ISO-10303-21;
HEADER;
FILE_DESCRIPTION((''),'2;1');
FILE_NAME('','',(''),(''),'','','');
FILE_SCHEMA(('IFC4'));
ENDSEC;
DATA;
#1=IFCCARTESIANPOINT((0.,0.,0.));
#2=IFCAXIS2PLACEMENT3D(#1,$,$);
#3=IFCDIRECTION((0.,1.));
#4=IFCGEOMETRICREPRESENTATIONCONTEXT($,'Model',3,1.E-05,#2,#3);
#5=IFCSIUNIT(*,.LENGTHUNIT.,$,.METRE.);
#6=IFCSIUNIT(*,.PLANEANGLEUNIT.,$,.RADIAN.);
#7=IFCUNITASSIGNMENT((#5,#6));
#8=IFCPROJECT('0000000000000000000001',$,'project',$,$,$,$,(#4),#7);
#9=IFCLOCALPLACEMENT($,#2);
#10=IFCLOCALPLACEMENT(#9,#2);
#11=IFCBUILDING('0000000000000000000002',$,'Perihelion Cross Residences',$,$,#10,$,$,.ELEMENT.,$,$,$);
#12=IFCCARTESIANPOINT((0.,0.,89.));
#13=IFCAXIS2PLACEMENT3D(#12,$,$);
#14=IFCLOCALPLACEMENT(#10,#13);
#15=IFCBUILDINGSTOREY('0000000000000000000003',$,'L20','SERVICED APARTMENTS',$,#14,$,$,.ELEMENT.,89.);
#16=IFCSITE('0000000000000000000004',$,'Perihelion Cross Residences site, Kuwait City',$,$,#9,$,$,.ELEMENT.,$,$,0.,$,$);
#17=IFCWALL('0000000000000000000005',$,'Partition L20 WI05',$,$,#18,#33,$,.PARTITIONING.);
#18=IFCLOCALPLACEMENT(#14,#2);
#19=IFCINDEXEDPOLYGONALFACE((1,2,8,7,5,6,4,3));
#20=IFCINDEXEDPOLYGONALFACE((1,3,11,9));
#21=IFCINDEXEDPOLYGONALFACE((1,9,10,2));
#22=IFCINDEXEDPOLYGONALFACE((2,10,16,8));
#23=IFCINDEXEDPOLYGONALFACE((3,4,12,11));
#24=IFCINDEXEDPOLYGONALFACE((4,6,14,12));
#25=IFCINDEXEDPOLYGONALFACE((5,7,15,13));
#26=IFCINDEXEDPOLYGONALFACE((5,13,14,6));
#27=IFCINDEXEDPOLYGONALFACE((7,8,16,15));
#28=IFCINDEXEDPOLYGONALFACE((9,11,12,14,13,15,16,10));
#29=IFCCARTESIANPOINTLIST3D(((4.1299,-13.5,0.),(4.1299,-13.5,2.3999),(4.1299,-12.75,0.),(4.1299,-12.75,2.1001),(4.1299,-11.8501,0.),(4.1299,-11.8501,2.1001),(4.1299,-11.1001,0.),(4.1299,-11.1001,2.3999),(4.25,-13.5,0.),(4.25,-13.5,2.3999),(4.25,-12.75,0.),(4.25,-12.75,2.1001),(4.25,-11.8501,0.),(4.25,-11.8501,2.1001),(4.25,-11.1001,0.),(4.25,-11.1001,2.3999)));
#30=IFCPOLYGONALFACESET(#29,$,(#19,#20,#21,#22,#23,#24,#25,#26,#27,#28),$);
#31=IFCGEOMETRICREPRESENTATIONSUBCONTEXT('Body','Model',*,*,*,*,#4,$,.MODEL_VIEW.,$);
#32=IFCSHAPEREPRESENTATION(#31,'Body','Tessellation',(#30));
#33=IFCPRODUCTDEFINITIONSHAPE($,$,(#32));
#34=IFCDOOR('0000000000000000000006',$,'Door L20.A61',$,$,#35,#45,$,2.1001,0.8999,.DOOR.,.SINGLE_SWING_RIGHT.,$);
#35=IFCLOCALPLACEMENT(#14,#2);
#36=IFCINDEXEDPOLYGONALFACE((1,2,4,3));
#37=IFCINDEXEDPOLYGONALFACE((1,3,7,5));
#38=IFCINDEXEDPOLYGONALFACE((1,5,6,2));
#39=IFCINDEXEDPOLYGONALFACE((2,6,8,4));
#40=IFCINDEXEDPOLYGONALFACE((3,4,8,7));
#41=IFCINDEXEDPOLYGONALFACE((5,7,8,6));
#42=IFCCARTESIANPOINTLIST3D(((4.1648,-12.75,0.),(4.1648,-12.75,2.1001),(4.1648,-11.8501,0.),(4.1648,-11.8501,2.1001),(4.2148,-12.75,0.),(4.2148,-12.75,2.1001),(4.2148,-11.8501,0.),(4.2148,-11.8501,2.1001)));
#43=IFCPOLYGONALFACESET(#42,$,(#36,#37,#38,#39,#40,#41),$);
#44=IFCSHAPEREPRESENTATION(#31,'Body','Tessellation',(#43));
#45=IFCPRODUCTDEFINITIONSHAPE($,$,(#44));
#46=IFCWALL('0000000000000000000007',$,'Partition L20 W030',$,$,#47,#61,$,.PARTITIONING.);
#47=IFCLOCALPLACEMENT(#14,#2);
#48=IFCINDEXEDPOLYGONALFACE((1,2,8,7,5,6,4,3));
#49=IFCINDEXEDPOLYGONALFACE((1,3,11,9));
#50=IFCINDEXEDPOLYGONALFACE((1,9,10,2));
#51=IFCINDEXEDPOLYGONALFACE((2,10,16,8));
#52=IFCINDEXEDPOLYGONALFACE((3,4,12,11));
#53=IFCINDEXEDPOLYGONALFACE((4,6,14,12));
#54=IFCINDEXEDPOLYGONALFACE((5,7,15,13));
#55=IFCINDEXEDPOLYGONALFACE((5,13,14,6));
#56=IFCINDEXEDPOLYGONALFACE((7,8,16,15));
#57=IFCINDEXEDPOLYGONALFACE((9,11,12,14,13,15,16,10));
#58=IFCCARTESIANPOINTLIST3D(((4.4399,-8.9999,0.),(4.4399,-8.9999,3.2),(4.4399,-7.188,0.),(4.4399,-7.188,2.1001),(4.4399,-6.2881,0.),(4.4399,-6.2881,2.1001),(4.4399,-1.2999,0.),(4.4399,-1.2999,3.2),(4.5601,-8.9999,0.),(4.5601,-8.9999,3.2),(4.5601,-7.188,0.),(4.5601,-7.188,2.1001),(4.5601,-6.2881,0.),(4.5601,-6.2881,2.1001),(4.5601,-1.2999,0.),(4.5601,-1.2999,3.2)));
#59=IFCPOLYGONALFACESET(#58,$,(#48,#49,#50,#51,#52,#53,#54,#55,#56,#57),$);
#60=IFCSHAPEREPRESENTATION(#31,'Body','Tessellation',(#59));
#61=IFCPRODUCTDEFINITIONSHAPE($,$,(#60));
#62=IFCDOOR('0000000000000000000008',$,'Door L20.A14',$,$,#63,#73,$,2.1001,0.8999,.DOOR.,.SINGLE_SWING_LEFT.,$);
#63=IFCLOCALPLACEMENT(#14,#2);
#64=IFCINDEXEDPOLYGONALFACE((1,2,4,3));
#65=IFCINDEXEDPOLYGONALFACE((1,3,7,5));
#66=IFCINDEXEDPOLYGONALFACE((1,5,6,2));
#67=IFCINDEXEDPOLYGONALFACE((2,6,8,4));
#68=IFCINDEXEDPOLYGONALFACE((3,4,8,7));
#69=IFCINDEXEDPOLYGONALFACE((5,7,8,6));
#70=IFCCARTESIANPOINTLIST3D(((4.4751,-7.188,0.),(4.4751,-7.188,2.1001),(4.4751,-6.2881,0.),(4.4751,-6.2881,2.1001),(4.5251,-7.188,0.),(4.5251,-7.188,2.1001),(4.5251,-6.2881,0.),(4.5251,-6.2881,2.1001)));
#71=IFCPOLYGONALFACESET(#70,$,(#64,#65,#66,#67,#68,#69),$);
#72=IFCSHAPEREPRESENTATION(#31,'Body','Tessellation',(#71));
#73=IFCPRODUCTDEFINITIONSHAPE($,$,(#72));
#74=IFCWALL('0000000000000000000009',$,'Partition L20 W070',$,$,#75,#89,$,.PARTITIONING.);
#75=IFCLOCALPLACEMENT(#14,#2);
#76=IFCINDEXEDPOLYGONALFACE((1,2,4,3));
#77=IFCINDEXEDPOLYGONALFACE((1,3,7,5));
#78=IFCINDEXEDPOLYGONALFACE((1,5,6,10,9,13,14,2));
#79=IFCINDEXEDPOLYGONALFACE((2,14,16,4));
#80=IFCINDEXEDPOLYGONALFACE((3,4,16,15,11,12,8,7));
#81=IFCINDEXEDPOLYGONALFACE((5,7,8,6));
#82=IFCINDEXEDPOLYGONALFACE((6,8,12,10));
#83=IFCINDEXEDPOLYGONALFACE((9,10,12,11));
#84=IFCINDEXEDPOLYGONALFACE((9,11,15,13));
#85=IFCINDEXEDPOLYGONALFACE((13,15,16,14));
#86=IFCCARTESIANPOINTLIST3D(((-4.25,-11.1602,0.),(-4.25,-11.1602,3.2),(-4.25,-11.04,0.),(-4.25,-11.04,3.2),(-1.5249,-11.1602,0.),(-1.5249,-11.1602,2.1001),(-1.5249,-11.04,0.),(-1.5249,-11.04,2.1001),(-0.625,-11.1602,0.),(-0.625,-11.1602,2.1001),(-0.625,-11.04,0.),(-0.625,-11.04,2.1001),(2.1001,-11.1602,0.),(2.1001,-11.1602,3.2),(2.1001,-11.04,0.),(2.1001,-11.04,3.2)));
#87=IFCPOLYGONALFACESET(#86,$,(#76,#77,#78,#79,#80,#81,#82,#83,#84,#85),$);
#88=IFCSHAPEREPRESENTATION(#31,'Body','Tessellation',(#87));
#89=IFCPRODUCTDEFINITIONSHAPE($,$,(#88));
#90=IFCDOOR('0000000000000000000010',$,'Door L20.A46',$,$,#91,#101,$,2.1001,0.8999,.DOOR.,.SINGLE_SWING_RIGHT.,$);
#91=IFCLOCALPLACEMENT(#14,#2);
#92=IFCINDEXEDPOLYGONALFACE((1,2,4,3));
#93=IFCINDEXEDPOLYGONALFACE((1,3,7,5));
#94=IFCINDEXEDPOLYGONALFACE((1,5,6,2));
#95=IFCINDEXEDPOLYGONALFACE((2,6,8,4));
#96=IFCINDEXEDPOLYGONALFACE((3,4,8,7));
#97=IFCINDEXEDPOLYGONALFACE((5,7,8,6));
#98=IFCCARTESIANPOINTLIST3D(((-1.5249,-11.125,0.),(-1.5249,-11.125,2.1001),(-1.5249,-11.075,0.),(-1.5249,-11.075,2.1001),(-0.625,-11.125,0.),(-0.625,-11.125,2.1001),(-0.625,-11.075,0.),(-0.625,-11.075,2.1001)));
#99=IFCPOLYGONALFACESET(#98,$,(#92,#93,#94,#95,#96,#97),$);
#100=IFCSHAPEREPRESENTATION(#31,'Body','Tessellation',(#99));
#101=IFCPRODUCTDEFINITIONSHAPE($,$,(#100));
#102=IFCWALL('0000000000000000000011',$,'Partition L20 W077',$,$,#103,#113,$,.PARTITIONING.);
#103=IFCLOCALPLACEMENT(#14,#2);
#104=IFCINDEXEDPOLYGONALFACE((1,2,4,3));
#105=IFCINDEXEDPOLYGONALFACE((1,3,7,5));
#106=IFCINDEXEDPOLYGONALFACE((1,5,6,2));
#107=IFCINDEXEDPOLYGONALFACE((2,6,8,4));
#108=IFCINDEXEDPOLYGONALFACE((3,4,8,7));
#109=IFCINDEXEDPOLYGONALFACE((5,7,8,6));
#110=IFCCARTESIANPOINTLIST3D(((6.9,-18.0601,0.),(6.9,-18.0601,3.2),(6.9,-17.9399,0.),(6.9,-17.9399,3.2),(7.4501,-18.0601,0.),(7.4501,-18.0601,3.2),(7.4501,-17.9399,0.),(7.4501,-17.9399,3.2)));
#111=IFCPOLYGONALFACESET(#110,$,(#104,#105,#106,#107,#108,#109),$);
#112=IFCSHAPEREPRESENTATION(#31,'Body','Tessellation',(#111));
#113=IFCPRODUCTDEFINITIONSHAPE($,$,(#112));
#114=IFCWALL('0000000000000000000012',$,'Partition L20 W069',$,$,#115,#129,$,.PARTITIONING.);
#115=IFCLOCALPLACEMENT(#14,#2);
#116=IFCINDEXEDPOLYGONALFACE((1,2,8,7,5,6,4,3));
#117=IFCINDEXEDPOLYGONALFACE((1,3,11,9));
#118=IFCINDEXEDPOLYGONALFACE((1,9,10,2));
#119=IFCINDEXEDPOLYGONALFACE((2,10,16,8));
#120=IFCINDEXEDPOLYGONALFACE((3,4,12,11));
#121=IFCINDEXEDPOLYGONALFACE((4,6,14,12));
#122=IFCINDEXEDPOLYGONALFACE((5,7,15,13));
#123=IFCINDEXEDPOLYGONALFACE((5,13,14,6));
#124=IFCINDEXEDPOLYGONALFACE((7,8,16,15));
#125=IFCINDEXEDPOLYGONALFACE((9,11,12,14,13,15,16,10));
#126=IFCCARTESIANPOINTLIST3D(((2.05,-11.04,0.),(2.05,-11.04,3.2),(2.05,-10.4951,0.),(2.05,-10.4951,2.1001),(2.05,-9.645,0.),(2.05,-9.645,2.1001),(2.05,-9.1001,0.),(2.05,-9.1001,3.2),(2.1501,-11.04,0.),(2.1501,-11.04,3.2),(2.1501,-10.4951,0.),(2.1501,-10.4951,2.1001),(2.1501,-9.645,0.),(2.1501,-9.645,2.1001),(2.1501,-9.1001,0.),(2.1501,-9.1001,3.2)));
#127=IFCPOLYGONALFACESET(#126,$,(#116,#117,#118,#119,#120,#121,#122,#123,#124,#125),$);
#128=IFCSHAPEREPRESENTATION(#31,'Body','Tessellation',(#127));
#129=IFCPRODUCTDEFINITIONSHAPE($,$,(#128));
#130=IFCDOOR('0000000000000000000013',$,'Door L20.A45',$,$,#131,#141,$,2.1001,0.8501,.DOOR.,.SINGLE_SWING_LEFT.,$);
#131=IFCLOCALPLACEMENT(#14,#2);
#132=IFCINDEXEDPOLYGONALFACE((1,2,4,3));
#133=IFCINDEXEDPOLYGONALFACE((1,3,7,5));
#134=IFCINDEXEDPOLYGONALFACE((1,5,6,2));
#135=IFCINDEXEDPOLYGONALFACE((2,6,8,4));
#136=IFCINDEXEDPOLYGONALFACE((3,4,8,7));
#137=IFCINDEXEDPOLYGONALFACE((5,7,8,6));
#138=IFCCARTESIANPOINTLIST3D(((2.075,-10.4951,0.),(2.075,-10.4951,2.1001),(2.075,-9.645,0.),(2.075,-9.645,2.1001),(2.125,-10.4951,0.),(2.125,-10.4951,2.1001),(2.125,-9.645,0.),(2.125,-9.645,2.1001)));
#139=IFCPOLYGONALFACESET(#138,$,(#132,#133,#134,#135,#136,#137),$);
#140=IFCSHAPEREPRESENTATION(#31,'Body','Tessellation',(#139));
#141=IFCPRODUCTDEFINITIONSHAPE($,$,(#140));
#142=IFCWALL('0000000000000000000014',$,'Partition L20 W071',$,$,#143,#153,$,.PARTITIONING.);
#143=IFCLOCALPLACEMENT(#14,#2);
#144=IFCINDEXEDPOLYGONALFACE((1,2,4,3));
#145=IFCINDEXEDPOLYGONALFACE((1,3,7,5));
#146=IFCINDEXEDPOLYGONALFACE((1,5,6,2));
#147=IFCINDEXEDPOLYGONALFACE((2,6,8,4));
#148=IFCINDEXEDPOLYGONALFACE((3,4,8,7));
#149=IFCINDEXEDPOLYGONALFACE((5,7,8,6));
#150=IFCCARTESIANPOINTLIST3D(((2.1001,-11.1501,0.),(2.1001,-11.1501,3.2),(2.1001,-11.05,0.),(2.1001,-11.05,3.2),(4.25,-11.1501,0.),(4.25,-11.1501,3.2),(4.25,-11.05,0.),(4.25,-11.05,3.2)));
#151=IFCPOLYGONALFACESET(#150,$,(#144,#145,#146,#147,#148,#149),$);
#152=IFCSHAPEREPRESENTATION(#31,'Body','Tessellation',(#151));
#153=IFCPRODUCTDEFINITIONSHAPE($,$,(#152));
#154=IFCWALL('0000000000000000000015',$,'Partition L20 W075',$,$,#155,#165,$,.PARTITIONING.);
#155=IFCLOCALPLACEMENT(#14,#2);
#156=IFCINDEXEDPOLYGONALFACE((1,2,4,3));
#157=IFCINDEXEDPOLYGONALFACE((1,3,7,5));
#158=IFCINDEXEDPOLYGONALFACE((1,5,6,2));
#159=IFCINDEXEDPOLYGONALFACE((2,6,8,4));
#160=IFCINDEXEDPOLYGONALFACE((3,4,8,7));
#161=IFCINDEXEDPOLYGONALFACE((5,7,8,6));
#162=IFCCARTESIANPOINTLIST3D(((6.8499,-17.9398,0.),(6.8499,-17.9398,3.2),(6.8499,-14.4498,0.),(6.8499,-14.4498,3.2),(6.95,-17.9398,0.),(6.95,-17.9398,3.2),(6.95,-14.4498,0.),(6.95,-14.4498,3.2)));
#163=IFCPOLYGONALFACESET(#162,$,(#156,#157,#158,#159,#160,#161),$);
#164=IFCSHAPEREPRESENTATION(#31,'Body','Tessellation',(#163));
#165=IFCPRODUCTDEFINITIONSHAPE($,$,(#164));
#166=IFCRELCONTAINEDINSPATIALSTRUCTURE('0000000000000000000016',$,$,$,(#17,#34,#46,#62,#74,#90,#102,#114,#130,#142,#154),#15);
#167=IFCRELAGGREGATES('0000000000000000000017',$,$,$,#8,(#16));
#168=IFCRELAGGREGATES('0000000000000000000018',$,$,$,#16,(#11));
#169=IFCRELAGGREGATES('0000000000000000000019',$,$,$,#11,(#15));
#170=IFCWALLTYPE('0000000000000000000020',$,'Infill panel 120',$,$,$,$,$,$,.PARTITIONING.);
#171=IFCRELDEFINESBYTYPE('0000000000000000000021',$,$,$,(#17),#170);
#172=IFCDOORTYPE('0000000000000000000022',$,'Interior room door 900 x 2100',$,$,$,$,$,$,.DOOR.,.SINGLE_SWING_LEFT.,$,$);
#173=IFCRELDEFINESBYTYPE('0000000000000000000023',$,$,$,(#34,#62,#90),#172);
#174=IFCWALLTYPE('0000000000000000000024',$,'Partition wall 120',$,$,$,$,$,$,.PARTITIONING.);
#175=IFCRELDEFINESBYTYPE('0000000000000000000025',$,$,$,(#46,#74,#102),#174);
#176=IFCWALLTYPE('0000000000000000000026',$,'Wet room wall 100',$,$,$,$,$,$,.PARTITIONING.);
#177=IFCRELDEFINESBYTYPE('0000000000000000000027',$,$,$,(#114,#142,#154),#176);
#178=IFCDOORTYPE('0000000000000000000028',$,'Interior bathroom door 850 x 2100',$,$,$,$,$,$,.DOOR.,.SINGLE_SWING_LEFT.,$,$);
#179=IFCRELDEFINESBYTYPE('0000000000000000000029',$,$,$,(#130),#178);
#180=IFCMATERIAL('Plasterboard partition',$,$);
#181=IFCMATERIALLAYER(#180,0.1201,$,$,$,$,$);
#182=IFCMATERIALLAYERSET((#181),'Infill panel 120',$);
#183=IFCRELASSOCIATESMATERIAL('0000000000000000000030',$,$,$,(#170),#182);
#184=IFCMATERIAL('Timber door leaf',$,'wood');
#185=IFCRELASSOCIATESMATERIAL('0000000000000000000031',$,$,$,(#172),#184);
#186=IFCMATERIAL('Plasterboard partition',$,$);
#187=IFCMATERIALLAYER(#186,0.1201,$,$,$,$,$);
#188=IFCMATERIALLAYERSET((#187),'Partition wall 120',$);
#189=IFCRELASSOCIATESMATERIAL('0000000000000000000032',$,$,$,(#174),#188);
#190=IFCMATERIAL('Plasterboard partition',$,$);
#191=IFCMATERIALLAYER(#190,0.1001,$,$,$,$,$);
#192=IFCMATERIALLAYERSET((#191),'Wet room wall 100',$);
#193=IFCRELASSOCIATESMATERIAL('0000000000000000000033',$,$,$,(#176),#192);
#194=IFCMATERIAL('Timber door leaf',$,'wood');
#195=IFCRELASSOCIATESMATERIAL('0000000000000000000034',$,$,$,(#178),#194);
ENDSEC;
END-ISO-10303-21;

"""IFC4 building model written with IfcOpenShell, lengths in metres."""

from ifc_helpers import new_model, si_unit, direction, frame, frame_2d, origin, place, context, subcontext, project, spatial, rectangle, extrude, material, layer, layer_set, type_object, element, fill, save


model = new_model("IFC4")

# Units and contexts
model_context = context("Model", 3, precision=1e-05, world=origin(), true_north=direction((0.0, 1.0)))
body_context = subcontext(model_context, "Body", "Model", "MODEL_VIEW")
ifc_project = project(units=[si_unit("LENGTHUNIT", "METRE"), si_unit("PLANEANGLEUNIT", "RADIAN")], contexts=[model_context])

# Site, building, storey
site_placement = place(None, origin())
site = spatial("IfcSite", under=ifc_project, at=site_placement, Name="Perihelion Cross Residences site, Kuwait City", CompositionType="ELEMENT", RefElevation=0.0)
building_placement = place(site_placement, origin())
building = spatial("IfcBuilding", under=site, at=building_placement, Name="Perihelion Cross Residences", CompositionType="ELEMENT")
storey_placement = place(building_placement, frame((0.0, 0.0, 89.0)))
storey = spatial("IfcBuildingStorey", under=building, at=storey_placement, Name="L20", Description="SERVICED APARTMENTS", CompositionType="ELEMENT", Elevation=89.0)

# Walls, openings, doors
ifc_material_1 = material(Name="Plasterboard partition")
ifc_layer_1 = layer(ifc_material_1, 0.1201)
ifc_layer_set_1 = layer_set([ifc_layer_1], Name="Infill panel 120")
wall_type_1 = type_object("IfcWallType", Name="Infill panel 120", PredefinedType="PARTITIONING", material=ifc_layer_set_1)
wall_1_placement = place(storey_placement, frame((4.1899, -11.1001, 0.0), z_axis=(0.0, 0.0, 1.0), x_axis=(0.0, -1.0, 0.0)))
wall_1 = element("IfcWall", 1, at=wall_1_placement, inside=storey, type_object=wall_type_1, Name="Partition L20 WI05", PredefinedType="PARTITIONING", context=body_context, shape_type="SweptSolid", body=[
    extrude(rectangle(XDim=2.3999, YDim=0.1201, at=frame_2d((1.2, 0.0))), origin(), (0.0, 0.0, 1.0), 2.3999),
])
opening_1_placement = place(wall_1_placement, frame((0.75, 0.0, 0.0)))
opening_1 = element("IfcOpeningElement", 2, at=opening_1_placement, cuts=wall_1, PredefinedType="OPENING", context=body_context, shape_type="SweptSolid", body=[
    extrude(rectangle(XDim=0.8999, YDim=2.1001, at=frame_2d((0.45, 1.05))), frame((0.0, 0.0701, 0.0), z_axis=(0.0, -1.0, 0.0), x_axis=(1.0, 0.0, 0.0)), (0.0, 0.0, 1.0), 0.1401),
])
ifc_material_2 = material(Name="Timber door leaf", Category="wood")
door_type_1 = type_object("IfcDoorType", Name="Interior room door 900 x 2100", OperationType="SINGLE_SWING_LEFT", PredefinedType="DOOR", material=ifc_material_2)
door_1_placement = place(opening_1_placement, origin())
door_1 = element("IfcDoor", 3, at=door_1_placement, inside=storey, type_object=door_type_1, Name="Door L20.A61", OperationType="SINGLE_SWING_RIGHT", OverallHeight=2.1001, OverallWidth=0.8999, PredefinedType="DOOR", context=body_context, shape_type="SweptSolid", body=[
    extrude(rectangle(XDim=0.8999, YDim=2.1001, at=frame_2d((0.45, 1.05))), frame((0.0, 0.0249, 0.0), z_axis=(0.0, -1.0, 0.0), x_axis=(1.0, 0.0, 0.0)), (0.0, 0.0, 1.0), 0.05),
])
fill(opening_1, door_1)
ifc_material_3 = material(Name="Plasterboard partition")
ifc_layer_2 = layer(ifc_material_3, 0.1201)
ifc_layer_set_2 = layer_set([ifc_layer_2], Name="Partition wall 120")
wall_type_2 = type_object("IfcWallType", Name="Partition wall 120", PredefinedType="PARTITIONING", material=ifc_layer_set_2)
wall_2_placement = place(storey_placement, frame((4.5, -9.0, 0.0), z_axis=(0.0, 0.0, 1.0), x_axis=(0.0, 1.0, 0.0)))
wall_2 = element("IfcWall", 4, at=wall_2_placement, inside=storey, type_object=wall_type_2, Name="Partition L20 W030", PredefinedType="PARTITIONING", context=body_context, shape_type="SweptSolid", body=[
    extrude(rectangle(XDim=7.7, YDim=0.1201, at=frame_2d((3.8501, 0.0))), origin(), (0.0, 0.0, 1.0), 3.2),
])
opening_2_placement = place(wall_2_placement, frame((1.812, 0.0, 0.0)))
opening_2 = element("IfcOpeningElement", 5, at=opening_2_placement, cuts=wall_2, PredefinedType="OPENING", context=body_context, shape_type="SweptSolid", body=[
    extrude(rectangle(XDim=0.8999, YDim=2.1001, at=frame_2d((0.45, 1.05))), frame((0.0, 0.0701, 0.0), z_axis=(0.0, -1.0, 0.0), x_axis=(1.0, 0.0, 0.0)), (0.0, 0.0, 1.0), 0.1401),
])
door_2_placement = place(opening_2_placement, origin())
door_2 = element("IfcDoor", 6, at=door_2_placement, inside=storey, type_object=door_type_1, Name="Door L20.A14", OperationType="SINGLE_SWING_LEFT", OverallHeight=2.1001, OverallWidth=0.8999, PredefinedType="DOOR", context=body_context, shape_type="SweptSolid", body=[
    extrude(rectangle(XDim=0.8999, YDim=2.1001, at=frame_2d((0.45, 1.05))), frame((0.0, 0.0249, 0.0), z_axis=(0.0, -1.0, 0.0), x_axis=(1.0, 0.0, 0.0)), (0.0, 0.0, 1.0), 0.05),
])
fill(opening_2, door_2)
wall_3_placement = place(storey_placement, frame((2.1001, -11.1001, 0.0), z_axis=(0.0, 0.0, 1.0), x_axis=(-1.0, 0.0, 0.0)))
wall_3 = element("IfcWall", 7, at=wall_3_placement, inside=storey, type_object=wall_type_2, Name="Partition L20 W070", PredefinedType="PARTITIONING", context=body_context, shape_type="SweptSolid", body=[
    extrude(rectangle(XDim=6.3501, YDim=0.1201, at=frame_2d((3.175, 0.0))), origin(), (0.0, 0.0, 1.0), 3.2),
])
opening_3_placement = place(wall_3_placement, frame((2.7251, 0.0, 0.0)))
opening_3 = element("IfcOpeningElement", 8, at=opening_3_placement, cuts=wall_3, PredefinedType="OPENING", context=body_context, shape_type="SweptSolid", body=[
    extrude(rectangle(XDim=0.8999, YDim=2.1001, at=frame_2d((0.45, 1.05))), frame((0.0, 0.0701, 0.0), z_axis=(0.0, -1.0, 0.0), x_axis=(1.0, 0.0, 0.0)), (0.0, 0.0, 1.0), 0.1401),
])
door_3_placement = place(opening_3_placement, origin())
door_3 = element("IfcDoor", 9, at=door_3_placement, inside=storey, type_object=door_type_1, Name="Door L20.A46", OperationType="SINGLE_SWING_RIGHT", OverallHeight=2.1001, OverallWidth=0.8999, PredefinedType="DOOR", context=body_context, shape_type="SweptSolid", body=[
    extrude(rectangle(XDim=0.8999, YDim=2.1001, at=frame_2d((0.45, 1.05))), frame((0.0, 0.0249, 0.0), z_axis=(0.0, -1.0, 0.0), x_axis=(1.0, 0.0, 0.0)), (0.0, 0.0, 1.0), 0.05),
])
fill(opening_3, door_3)

# Wall
wall_4_placement = place(storey_placement, frame((7.45, -18.0, 0.0), z_axis=(0.0, 0.0, 1.0), x_axis=(-1.0, 0.0, 0.0)))
element("IfcWall", 10, at=wall_4_placement, inside=storey, type_object=wall_type_2, Name="Partition L20 W077", PredefinedType="PARTITIONING", context=body_context, shape_type="SweptSolid", body=[
    extrude(rectangle(XDim=0.55, YDim=0.1201, at=frame_2d((0.2749, 0.0))), origin(), (0.0, 0.0, 1.0), 3.2),
])

# Wall, opening, door
ifc_material_4 = material(Name="Plasterboard partition")
ifc_layer_3 = layer(ifc_material_4, 0.1001)
ifc_layer_set_3 = layer_set([ifc_layer_3], Name="Wet room wall 100")
wall_type_3 = type_object("IfcWallType", Name="Wet room wall 100", PredefinedType="PARTITIONING", material=ifc_layer_set_3)
wall_5_placement = place(storey_placement, frame((2.1001, -9.1001, 0.0), z_axis=(0.0, 0.0, 1.0), x_axis=(0.0, -1.0, 0.0)))
wall_5 = element("IfcWall", 11, at=wall_5_placement, inside=storey, type_object=wall_type_3, Name="Partition L20 W069", PredefinedType="PARTITIONING", context=body_context, shape_type="SweptSolid", body=[
    extrude(rectangle(XDim=1.9399, YDim=0.1001, at=frame_2d((0.97, 0.0))), origin(), (0.0, 0.0, 1.0), 3.2),
])
opening_4_placement = place(wall_5_placement, frame((0.5449, 0.0, 0.0)))
opening_4 = element("IfcOpeningElement", 12, at=opening_4_placement, cuts=wall_5, PredefinedType="OPENING", context=body_context, shape_type="SweptSolid", body=[
    extrude(rectangle(XDim=0.8501, YDim=2.1001, at=frame_2d((0.425, 1.05))), frame((0.0, 0.0601, 0.0), z_axis=(0.0, -1.0, 0.0), x_axis=(1.0, 0.0, 0.0)), (0.0, 0.0, 1.0), 0.1201),
])
ifc_material_5 = material(Name="Timber door leaf", Category="wood")
door_type_2 = type_object("IfcDoorType", Name="Interior bathroom door 850 x 2100", OperationType="SINGLE_SWING_LEFT", PredefinedType="DOOR", material=ifc_material_5)
door_4_placement = place(opening_4_placement, origin())
door_4 = element("IfcDoor", 13, at=door_4_placement, inside=storey, type_object=door_type_2, Name="Door L20.A45", OperationType="SINGLE_SWING_LEFT", OverallHeight=2.1001, OverallWidth=0.8501, PredefinedType="DOOR", context=body_context, shape_type="SweptSolid", body=[
    extrude(rectangle(XDim=0.8501, YDim=2.1001, at=frame_2d((0.425, 1.05))), frame((0.0, 0.0249, 0.0), z_axis=(0.0, -1.0, 0.0), x_axis=(1.0, 0.0, 0.0)), (0.0, 0.0, 1.0), 0.05),
])
fill(opening_4, door_4)

# Walls
wall_6_placement = place(storey_placement, frame((4.25, -11.1001, 0.0), z_axis=(0.0, 0.0, 1.0), x_axis=(-1.0, 0.0, 0.0)))
element("IfcWall", 14, at=wall_6_placement, inside=storey, type_object=wall_type_3, Name="Partition L20 W071", PredefinedType="PARTITIONING", context=body_context, shape_type="SweptSolid", body=[
    extrude(rectangle(XDim=2.1499, YDim=0.1001, at=frame_2d((1.075, 0.0))), origin(), (0.0, 0.0, 1.0), 3.2),
])
wall_7_placement = place(storey_placement, frame((6.8999, -17.9399, 0.0), z_axis=(0.0, 0.0, 1.0), x_axis=(0.0, 1.0, 0.0)))
element("IfcWall", 15, at=wall_7_placement, inside=storey, type_object=wall_type_3, Name="Partition L20 W075", PredefinedType="PARTITIONING", context=body_context, shape_type="SweptSolid", body=[
    extrude(rectangle(XDim=3.49, YDim=0.1001, at=frame_2d((1.7451, 0.0))), origin(), (0.0, 0.0, 1.0), 3.2),
])

save(model, "model.ifc")
